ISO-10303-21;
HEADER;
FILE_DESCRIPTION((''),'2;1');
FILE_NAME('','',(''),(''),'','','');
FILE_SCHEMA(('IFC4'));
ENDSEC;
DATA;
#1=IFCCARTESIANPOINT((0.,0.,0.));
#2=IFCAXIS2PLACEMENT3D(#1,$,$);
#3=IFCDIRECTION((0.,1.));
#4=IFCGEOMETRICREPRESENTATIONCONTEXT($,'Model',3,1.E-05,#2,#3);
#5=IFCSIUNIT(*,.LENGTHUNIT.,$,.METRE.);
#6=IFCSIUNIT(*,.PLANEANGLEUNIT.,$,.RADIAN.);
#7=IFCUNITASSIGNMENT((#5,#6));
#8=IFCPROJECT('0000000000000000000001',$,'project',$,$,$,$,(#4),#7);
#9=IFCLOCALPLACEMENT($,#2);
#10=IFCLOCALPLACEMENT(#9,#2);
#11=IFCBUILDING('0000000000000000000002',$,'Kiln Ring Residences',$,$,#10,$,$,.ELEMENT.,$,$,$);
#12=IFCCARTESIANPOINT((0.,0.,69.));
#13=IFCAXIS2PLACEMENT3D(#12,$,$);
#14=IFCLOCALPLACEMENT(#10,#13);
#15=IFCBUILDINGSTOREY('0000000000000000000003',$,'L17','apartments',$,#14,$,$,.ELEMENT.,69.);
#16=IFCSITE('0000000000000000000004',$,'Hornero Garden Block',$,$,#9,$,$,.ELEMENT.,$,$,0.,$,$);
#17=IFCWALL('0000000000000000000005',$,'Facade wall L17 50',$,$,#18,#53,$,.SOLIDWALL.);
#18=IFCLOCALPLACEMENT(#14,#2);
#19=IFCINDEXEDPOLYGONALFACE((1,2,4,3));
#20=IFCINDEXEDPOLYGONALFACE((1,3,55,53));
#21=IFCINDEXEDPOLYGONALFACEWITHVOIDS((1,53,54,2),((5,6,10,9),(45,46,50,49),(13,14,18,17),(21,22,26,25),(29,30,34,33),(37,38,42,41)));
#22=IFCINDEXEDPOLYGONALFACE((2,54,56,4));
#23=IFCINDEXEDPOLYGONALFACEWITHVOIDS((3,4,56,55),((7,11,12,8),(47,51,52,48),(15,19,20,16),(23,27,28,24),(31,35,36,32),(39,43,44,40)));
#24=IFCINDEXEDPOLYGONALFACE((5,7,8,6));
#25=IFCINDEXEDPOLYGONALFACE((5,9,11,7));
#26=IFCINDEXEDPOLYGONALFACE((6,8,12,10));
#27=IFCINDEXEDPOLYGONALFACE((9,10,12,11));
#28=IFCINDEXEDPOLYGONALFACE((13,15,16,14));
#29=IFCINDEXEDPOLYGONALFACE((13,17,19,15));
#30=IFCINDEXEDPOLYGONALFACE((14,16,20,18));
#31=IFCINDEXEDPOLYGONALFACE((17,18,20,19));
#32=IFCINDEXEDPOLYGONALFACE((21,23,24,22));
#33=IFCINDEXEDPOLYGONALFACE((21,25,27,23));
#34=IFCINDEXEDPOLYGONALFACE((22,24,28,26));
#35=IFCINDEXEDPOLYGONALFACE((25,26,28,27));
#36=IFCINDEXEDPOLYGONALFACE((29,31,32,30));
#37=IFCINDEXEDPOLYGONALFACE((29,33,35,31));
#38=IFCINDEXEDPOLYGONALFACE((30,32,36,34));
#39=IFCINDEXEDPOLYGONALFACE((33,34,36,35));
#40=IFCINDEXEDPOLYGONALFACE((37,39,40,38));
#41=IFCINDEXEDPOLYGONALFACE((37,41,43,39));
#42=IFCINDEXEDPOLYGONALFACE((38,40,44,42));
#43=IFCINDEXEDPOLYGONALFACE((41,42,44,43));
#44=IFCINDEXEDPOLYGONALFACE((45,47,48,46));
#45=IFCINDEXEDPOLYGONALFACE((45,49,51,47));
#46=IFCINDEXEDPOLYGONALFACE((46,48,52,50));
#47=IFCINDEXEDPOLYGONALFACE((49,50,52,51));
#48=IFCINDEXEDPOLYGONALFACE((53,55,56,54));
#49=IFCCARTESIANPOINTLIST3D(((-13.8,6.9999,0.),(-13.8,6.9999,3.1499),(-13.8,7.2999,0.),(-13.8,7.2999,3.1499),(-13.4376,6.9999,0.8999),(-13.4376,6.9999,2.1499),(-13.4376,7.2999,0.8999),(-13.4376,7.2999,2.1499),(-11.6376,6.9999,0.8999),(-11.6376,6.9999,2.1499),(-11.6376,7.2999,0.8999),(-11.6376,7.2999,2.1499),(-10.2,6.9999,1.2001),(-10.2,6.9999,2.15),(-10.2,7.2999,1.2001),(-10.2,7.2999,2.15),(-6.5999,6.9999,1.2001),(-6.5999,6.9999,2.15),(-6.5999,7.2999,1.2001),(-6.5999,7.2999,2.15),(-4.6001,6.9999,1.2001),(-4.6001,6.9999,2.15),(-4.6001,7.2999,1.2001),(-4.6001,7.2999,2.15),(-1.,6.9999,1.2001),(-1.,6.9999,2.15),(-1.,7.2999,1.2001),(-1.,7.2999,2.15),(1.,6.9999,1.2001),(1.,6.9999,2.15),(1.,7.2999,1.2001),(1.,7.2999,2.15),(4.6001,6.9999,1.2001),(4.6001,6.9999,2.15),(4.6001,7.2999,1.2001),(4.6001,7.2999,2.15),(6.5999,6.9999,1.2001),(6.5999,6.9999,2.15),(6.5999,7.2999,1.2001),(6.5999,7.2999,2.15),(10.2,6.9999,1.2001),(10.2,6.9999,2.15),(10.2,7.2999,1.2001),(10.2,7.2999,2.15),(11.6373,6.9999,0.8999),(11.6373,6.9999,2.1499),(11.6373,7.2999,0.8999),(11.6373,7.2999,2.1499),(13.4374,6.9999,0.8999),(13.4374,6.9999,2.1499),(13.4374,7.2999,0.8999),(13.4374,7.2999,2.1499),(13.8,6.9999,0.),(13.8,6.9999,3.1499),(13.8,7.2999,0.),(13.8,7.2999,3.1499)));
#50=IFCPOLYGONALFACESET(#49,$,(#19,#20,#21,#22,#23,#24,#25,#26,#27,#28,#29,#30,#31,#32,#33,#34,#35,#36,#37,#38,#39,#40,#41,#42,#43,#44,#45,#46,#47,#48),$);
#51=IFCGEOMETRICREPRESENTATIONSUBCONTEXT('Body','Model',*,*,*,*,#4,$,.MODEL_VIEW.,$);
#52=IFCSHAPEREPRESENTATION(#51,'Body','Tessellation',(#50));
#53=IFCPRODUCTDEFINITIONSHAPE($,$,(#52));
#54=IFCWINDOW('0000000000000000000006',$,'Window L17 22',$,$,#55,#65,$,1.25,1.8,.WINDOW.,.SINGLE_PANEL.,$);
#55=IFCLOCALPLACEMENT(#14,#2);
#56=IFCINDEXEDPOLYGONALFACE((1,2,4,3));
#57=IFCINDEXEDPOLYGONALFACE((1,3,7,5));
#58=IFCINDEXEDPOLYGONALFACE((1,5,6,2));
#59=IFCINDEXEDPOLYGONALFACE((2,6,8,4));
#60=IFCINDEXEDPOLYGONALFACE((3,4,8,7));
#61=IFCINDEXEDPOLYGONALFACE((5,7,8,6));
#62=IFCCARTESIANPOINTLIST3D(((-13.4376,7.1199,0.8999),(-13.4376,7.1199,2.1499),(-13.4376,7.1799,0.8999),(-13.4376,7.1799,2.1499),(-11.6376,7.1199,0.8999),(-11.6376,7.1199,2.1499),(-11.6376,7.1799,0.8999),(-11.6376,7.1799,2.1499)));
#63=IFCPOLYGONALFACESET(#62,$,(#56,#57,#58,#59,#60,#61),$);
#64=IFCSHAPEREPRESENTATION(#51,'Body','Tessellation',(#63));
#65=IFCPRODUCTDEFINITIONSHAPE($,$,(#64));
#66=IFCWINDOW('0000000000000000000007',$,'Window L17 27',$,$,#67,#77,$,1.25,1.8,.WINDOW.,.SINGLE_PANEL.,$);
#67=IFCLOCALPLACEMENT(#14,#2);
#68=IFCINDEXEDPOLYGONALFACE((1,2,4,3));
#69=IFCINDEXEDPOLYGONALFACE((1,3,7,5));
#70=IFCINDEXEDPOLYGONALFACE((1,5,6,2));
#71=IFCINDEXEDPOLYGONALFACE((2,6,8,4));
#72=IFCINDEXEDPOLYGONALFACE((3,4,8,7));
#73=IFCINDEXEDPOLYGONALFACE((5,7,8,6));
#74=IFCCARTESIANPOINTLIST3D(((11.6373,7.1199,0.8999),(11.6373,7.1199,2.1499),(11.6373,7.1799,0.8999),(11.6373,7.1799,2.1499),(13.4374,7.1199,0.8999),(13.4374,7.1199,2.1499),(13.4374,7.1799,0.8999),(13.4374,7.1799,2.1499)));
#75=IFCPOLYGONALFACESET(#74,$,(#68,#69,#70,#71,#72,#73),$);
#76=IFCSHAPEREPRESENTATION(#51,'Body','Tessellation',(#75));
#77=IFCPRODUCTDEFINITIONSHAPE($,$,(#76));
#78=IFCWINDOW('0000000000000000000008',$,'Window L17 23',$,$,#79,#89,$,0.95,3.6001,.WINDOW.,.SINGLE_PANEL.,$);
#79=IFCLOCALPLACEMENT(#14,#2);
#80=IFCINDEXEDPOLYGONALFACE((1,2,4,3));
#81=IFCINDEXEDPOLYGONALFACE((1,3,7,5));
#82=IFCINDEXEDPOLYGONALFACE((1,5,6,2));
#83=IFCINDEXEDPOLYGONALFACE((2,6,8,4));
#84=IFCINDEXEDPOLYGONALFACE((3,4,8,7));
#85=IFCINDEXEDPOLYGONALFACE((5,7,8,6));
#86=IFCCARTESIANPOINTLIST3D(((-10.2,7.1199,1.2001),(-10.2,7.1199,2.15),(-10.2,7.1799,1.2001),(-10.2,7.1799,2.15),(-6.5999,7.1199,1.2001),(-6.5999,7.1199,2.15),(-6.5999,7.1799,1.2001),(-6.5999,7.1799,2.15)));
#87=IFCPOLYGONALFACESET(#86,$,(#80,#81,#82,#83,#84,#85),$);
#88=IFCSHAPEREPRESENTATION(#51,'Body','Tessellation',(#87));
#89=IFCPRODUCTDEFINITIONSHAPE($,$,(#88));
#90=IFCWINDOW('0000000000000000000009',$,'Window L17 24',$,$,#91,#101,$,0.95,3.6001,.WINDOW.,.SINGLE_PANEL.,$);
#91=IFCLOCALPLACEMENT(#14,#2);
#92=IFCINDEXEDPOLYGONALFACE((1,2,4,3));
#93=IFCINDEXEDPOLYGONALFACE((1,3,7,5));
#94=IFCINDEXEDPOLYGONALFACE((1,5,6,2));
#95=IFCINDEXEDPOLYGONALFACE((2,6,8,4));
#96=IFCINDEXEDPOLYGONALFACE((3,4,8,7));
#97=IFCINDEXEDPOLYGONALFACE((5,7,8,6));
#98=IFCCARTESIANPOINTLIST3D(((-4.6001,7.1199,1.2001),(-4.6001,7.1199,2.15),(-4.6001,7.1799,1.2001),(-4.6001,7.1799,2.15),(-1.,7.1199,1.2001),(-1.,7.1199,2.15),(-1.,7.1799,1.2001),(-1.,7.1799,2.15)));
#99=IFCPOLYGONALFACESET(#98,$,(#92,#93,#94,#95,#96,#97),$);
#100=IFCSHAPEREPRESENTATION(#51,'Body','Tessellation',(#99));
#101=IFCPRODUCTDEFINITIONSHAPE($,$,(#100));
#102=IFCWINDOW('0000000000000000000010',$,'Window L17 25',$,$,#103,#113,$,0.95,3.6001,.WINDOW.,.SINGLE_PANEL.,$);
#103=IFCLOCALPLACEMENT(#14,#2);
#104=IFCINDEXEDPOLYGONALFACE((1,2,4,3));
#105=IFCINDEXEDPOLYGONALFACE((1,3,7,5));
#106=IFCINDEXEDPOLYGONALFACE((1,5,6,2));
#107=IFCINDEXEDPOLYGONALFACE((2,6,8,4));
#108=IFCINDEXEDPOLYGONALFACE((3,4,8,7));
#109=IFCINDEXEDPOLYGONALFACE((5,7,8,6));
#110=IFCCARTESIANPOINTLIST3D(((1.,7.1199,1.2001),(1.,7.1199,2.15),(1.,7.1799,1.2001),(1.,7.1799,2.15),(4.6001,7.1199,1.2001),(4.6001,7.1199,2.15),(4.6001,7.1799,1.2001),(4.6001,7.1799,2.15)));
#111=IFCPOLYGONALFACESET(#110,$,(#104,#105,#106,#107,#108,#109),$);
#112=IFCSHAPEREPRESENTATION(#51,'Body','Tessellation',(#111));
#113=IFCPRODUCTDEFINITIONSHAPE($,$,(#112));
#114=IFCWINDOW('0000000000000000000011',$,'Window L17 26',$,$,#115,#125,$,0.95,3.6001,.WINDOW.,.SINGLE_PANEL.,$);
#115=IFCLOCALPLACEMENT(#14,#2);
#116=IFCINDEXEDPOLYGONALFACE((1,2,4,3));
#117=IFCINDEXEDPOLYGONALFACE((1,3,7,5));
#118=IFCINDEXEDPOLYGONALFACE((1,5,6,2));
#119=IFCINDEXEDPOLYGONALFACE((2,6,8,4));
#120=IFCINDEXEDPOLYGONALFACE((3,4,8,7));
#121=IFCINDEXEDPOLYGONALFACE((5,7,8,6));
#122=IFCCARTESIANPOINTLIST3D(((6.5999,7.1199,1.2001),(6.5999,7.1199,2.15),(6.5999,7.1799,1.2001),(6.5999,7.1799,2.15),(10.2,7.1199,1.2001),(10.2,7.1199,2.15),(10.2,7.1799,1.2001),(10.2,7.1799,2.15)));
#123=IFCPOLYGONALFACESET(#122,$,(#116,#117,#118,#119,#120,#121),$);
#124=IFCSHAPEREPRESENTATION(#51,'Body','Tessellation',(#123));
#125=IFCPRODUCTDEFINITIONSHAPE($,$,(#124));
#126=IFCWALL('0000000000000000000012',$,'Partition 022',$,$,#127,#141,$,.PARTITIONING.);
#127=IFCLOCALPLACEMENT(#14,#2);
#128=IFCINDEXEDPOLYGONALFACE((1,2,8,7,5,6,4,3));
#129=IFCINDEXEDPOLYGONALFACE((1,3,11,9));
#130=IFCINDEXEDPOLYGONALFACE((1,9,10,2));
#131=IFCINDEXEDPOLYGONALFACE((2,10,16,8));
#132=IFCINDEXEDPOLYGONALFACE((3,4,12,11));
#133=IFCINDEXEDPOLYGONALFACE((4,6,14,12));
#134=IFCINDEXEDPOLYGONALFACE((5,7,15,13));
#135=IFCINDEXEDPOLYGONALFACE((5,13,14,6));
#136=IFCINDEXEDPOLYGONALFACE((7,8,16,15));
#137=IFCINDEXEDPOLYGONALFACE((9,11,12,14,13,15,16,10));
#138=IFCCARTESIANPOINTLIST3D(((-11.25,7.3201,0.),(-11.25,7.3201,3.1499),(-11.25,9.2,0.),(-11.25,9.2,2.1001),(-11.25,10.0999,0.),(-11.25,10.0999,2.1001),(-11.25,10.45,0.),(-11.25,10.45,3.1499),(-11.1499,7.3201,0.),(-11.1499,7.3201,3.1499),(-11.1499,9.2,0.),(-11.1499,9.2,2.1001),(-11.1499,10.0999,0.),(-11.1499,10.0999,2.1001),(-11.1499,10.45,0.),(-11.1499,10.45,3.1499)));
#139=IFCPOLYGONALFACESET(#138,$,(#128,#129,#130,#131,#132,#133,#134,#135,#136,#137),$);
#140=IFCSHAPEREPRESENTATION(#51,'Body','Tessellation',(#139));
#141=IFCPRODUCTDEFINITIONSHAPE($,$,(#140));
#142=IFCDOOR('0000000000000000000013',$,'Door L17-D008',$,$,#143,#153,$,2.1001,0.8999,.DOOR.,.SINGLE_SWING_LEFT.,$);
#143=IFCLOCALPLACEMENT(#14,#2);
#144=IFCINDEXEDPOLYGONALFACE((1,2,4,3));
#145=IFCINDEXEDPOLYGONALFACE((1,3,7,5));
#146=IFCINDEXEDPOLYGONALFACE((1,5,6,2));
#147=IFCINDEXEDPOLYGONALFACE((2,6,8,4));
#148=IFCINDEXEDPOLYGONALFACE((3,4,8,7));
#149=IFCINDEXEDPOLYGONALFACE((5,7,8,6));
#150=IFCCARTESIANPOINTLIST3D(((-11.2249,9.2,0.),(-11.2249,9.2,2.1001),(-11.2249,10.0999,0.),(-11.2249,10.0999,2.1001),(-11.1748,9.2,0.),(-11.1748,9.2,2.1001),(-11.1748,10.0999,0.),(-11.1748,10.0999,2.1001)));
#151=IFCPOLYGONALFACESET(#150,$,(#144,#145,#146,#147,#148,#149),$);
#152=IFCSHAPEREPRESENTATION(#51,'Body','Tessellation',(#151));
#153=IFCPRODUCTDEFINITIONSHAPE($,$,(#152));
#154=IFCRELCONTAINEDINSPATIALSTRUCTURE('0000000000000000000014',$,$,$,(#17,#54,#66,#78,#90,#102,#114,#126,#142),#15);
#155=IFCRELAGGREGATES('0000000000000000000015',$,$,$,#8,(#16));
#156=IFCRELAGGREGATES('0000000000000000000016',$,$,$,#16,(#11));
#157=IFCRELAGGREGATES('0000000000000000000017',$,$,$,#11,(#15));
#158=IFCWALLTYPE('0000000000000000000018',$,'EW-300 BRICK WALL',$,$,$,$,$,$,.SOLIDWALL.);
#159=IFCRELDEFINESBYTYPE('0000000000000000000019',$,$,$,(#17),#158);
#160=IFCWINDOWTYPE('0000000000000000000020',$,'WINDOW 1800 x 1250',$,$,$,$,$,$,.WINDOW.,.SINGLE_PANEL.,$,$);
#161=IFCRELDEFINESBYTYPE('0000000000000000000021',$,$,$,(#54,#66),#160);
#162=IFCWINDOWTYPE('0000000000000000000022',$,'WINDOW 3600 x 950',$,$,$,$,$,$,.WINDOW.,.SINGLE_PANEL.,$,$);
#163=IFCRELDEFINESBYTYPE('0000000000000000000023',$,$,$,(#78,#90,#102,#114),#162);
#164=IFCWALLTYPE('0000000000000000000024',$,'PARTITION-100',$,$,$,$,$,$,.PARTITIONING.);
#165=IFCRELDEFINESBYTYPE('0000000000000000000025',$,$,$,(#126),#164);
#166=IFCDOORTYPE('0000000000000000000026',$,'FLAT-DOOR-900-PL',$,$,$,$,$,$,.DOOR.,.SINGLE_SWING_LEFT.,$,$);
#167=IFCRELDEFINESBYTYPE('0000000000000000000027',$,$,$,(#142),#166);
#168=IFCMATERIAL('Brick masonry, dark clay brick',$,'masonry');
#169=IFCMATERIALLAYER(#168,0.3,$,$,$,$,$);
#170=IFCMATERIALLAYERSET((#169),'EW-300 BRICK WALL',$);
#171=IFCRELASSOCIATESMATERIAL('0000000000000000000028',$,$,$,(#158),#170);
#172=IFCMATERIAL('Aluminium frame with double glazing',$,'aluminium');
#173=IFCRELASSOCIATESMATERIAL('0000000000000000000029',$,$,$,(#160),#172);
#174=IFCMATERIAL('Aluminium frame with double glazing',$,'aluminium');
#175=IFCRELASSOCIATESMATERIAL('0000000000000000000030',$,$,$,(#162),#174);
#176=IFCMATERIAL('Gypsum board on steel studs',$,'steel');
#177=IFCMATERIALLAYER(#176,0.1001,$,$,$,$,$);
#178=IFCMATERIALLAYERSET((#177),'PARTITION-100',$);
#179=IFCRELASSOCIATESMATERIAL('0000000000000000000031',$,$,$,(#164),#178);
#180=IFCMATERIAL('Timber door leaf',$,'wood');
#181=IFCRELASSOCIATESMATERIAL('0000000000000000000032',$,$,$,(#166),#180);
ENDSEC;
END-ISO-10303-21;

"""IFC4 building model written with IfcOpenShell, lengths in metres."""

from ifc_helpers import new_model, si_unit, direction, frame, frame_2d, origin, place, context, subcontext, project, spatial, rectangle, extrude, material, layer, layer_set, type_object, element, fill, save


model = new_model("IFC4")

# Units and contexts
model_context = context("Model", 3, precision=1e-05, world=origin(), true_north=direction((0.0, 1.0)))
body_context = subcontext(model_context, "Body", "Model", "MODEL_VIEW")
ifc_project = project(units=[si_unit("LENGTHUNIT", "METRE"), si_unit("PLANEANGLEUNIT", "RADIAN")], contexts=[model_context])

# Site, building, storey
site_placement = place(None, origin())
site = spatial("IfcSite", under=ifc_project, at=site_placement, Name="Hornero Garden Block", CompositionType="ELEMENT", RefElevation=0.0)
building_placement = place(site_placement, origin())
building = spatial("IfcBuilding", under=site, at=building_placement, Name="Kiln Ring Residences", CompositionType="ELEMENT")
storey_placement = place(building_placement, frame((0.0, 0.0, 69.0)))
storey = spatial("IfcBuildingStorey", under=building, at=storey_placement, Name="L17", Description="apartments", CompositionType="ELEMENT", Elevation=69.0)

# Wall, openings, windows
ifc_material_1 = material(Name="Brick masonry, dark clay brick", Category="masonry")
ifc_layer_1 = layer(ifc_material_1, 0.3)
ifc_layer_set_1 = layer_set([ifc_layer_1], Name="EW-300 BRICK WALL")
wall_type_1 = type_object("IfcWallType", Name="EW-300 BRICK WALL", PredefinedType="SOLIDWALL", material=ifc_layer_set_1)
wall_1_placement = place(storey_placement, frame((-13.8, 7.1499, 0.0), z_axis=(0.0, 0.0, 1.0), x_axis=(1.0, 0.0, 0.0)))
wall_1 = element("IfcWall", 1, at=wall_1_placement, inside=storey, type_object=wall_type_1, Name="Facade wall L17 50", PredefinedType="SOLIDWALL", context=body_context, shape_type="SweptSolid", body=[
    extrude(rectangle(XDim=27.6001, YDim=0.3, at=frame_2d((13.8, 0.0))), origin(), (0.0, 0.0, 1.0), 3.1499),
])
opening_1_placement = place(wall_1_placement, frame((0.3625, 0.0, 0.8999)))
opening_1 = element("IfcOpeningElement", 2, at=opening_1_placement, cuts=wall_1, PredefinedType="OPENING", context=body_context, shape_type="SweptSolid", body=[
    extrude(rectangle(XDim=1.8, YDim=1.25, at=frame_2d((0.8999, 0.625))), frame((0.0, 0.1599, 0.0), z_axis=(0.0, -1.0, 0.0), x_axis=(1.0, 0.0, 0.0)), (0.0, 0.0, 1.0), 0.3201),
])
opening_2_placement = place(wall_1_placement, frame((3.6001, 0.0, 1.2)))
opening_2 = element("IfcOpeningElement", 3, at=opening_2_placement, cuts=wall_1, PredefinedType="OPENING", context=body_context, shape_type="SweptSolid", body=[
    extrude(rectangle(XDim=3.6001, YDim=0.95, at=frame_2d((1.8, 0.4751))), frame((0.0, 0.1599, 0.0), z_axis=(0.0, -1.0, 0.0), x_axis=(1.0, 0.0, 0.0)), (0.0, 0.0, 1.0), 0.3201),
])
opening_3_placement = place(wall_1_placement, frame((9.2, 0.0, 1.2)))
opening_3 = element("IfcOpeningElement", 4, at=opening_3_placement, cuts=wall_1, PredefinedType="OPENING", context=body_context, shape_type="SweptSolid", body=[
    extrude(rectangle(XDim=3.6001, YDim=0.95, at=frame_2d((1.8, 0.4751))), frame((0.0, 0.1599, 0.0), z_axis=(0.0, -1.0, 0.0), x_axis=(1.0, 0.0, 0.0)), (0.0, 0.0, 1.0), 0.3201),
])
opening_4_placement = place(wall_1_placement, frame((14.8, 0.0, 1.2)))
opening_4 = element("IfcOpeningElement", 5, at=opening_4_placement, cuts=wall_1, PredefinedType="OPENING", context=body_context, shape_type="SweptSolid", body=[
    extrude(rectangle(XDim=3.6001, YDim=0.95, at=frame_2d((1.8, 0.4751))), frame((0.0, 0.1599, 0.0), z_axis=(0.0, -1.0, 0.0), x_axis=(1.0, 0.0, 0.0)), (0.0, 0.0, 1.0), 0.3201),
])
opening_5_placement = place(wall_1_placement, frame((20.3999, 0.0, 1.2)))
opening_5 = element("IfcOpeningElement", 6, at=opening_5_placement, cuts=wall_1, PredefinedType="OPENING", context=body_context, shape_type="SweptSolid", body=[
    extrude(rectangle(XDim=3.6001, YDim=0.95, at=frame_2d((1.8, 0.4751))), frame((0.0, 0.1599, 0.0), z_axis=(0.0, -1.0, 0.0), x_axis=(1.0, 0.0, 0.0)), (0.0, 0.0, 1.0), 0.3201),
])
opening_6_placement = place(wall_1_placement, frame((25.4375, 0.0, 0.8999)))
opening_6 = element("IfcOpeningElement", 7, at=opening_6_placement, cuts=wall_1, PredefinedType="OPENING", context=body_context, shape_type="SweptSolid", body=[
    extrude(rectangle(XDim=1.8, YDim=1.25, at=frame_2d((0.8999, 0.625))), frame((0.0, 0.1599, 0.0), z_axis=(0.0, -1.0, 0.0), x_axis=(1.0, 0.0, 0.0)), (0.0, 0.0, 1.0), 0.3201),
])
ifc_material_2 = material(Name="Aluminium frame with double glazing", Category="aluminium")
window_type_1 = type_object("IfcWindowType", Name="WINDOW 1800 x 1250", PartitioningType="SINGLE_PANEL", PredefinedType="WINDOW", material=ifc_material_2)
window_1_placement = place(opening_1_placement, origin())
window_1 = element("IfcWindow", 8, at=window_1_placement, inside=storey, type_object=window_type_1, Name="Window L17 22", OverallHeight=1.25, OverallWidth=1.8, PartitioningType="SINGLE_PANEL", PredefinedType="WINDOW", context=body_context, shape_type="SweptSolid", body=[
    extrude(rectangle(XDim=1.8, YDim=1.25, at=frame_2d((0.8999, 0.625))), frame((0.0, 0.03, 0.0), z_axis=(0.0, -1.0, 0.0), x_axis=(1.0, 0.0, 0.0)), (0.0, 0.0, 1.0), 0.0601),
])
fill(opening_1, window_1)
window_2_placement = place(opening_6_placement, origin())
window_2 = element("IfcWindow", 9, at=window_2_placement, inside=storey, type_object=window_type_1, Name="Window L17 27", OverallHeight=1.25, OverallWidth=1.8, PartitioningType="SINGLE_PANEL", PredefinedType="WINDOW", context=body_context, shape_type="SweptSolid", body=[
    extrude(rectangle(XDim=1.8, YDim=1.25, at=frame_2d((0.8999, 0.625))), frame((0.0, 0.03, 0.0), z_axis=(0.0, -1.0, 0.0), x_axis=(1.0, 0.0, 0.0)), (0.0, 0.0, 1.0), 0.0601),
])
fill(opening_6, window_2)
ifc_material_3 = material(Name="Aluminium frame with double glazing", Category="aluminium")
window_type_2 = type_object("IfcWindowType", Name="WINDOW 3600 x 950", PartitioningType="SINGLE_PANEL", PredefinedType="WINDOW", material=ifc_material_3)
window_3_placement = place(opening_2_placement, origin())
window_3 = element("IfcWindow", 10, at=window_3_placement, inside=storey, type_object=window_type_2, Name="Window L17 23", OverallHeight=0.95, OverallWidth=3.6001, PartitioningType="SINGLE_PANEL", PredefinedType="WINDOW", context=body_context, shape_type="SweptSolid", body=[
    extrude(rectangle(XDim=3.6001, YDim=0.95, at=frame_2d((1.8, 0.4751))), frame((0.0, 0.03, 0.0), z_axis=(0.0, -1.0, 0.0), x_axis=(1.0, 0.0, 0.0)), (0.0, 0.0, 1.0), 0.0601),
])
fill(opening_2, window_3)
window_4_placement = place(opening_3_placement, origin())
window_4 = element("IfcWindow", 11, at=window_4_placement, inside=storey, type_object=window_type_2, Name="Window L17 24", OverallHeight=0.95, OverallWidth=3.6001, PartitioningType="SINGLE_PANEL", PredefinedType="WINDOW", context=body_context, shape_type="SweptSolid", body=[
    extrude(rectangle(XDim=3.6001, YDim=0.95, at=frame_2d((1.8, 0.4751))), frame((0.0, 0.03, 0.0), z_axis=(0.0, -1.0, 0.0), x_axis=(1.0, 0.0, 0.0)), (0.0, 0.0, 1.0), 0.0601),
])
fill(opening_3, window_4)
window_5_placement = place(opening_4_placement, origin())
window_5 = element("IfcWindow", 12, at=window_5_placement, inside=storey, type_object=window_type_2, Name="Window L17 25", OverallHeight=0.95, OverallWidth=3.6001, PartitioningType="SINGLE_PANEL", PredefinedType="WINDOW", context=body_context, shape_type="SweptSolid", body=[
    extrude(rectangle(XDim=3.6001, YDim=0.95, at=frame_2d((1.8, 0.4751))), frame((0.0, 0.03, 0.0), z_axis=(0.0, -1.0, 0.0), x_axis=(1.0, 0.0, 0.0)), (0.0, 0.0, 1.0), 0.0601),
])
fill(opening_4, window_5)
window_6_placement = place(opening_5_placement, origin())
window_6 = element("IfcWindow", 13, at=window_6_placement, inside=storey, type_object=window_type_2, Name="Window L17 26", OverallHeight=0.95, OverallWidth=3.6001, PartitioningType="SINGLE_PANEL", PredefinedType="WINDOW", context=body_context, shape_type="SweptSolid", body=[
    extrude(rectangle(XDim=3.6001, YDim=0.95, at=frame_2d((1.8, 0.4751))), frame((0.0, 0.03, 0.0), z_axis=(0.0, -1.0, 0.0), x_axis=(1.0, 0.0, 0.0)), (0.0, 0.0, 1.0), 0.0601),
])
fill(opening_5, window_6)

# Wall, opening, door
ifc_material_4 = material(Name="Gypsum board on steel studs", Category="steel")
ifc_layer_2 = layer(ifc_material_4, 0.1001)
ifc_layer_set_2 = layer_set([ifc_layer_2], Name="PARTITION-100")
wall_type_2 = type_object("IfcWallType", Name="PARTITION-100", PredefinedType="PARTITIONING", material=ifc_layer_set_2)
wall_2_placement = place(storey_placement, frame((-11.2, 7.3201, 0.0), z_axis=(0.0, 0.0, 1.0), x_axis=(0.0, 1.0, 0.0)))
wall_2 = element("IfcWall", 14, at=wall_2_placement, inside=storey, type_object=wall_type_2, Name="Partition 022", PredefinedType="PARTITIONING", context=body_context, shape_type="SweptSolid", body=[
    extrude(rectangle(XDim=3.1299, YDim=0.1001, at=frame_2d((1.5649, 0.0))), origin(), (0.0, 0.0, 1.0), 3.1499),
])
opening_7_placement = place(wall_2_placement, frame((1.8799, 0.0, 0.0)))
opening_7 = element("IfcOpeningElement", 15, at=opening_7_placement, cuts=wall_2, PredefinedType="OPENING", context=body_context, shape_type="SweptSolid", body=[
    extrude(rectangle(XDim=0.8999, YDim=2.1001, at=frame_2d((0.45, 1.05))), frame((0.0, 0.0601, 0.0), z_axis=(0.0, -1.0, 0.0), x_axis=(1.0, 0.0, 0.0)), (0.0, 0.0, 1.0), 0.1201),
])
ifc_material_5 = material(Name="Timber door leaf", Category="wood")
door_type = type_object("IfcDoorType", Name="FLAT-DOOR-900-PL", OperationType="SINGLE_SWING_LEFT", PredefinedType="DOOR", material=ifc_material_5)
door_placement = place(opening_7_placement, origin())
door = element("IfcDoor", 16, at=door_placement, inside=storey, type_object=door_type, Name="Door L17-D008", OperationType="SINGLE_SWING_LEFT", OverallHeight=2.1001, OverallWidth=0.8999, PredefinedType="DOOR", context=body_context, shape_type="SweptSolid", body=[
    extrude(rectangle(XDim=0.8999, YDim=2.1001, at=frame_2d((0.45, 1.05))), frame((0.0, 0.0249, 0.0), z_axis=(0.0, -1.0, 0.0), x_axis=(1.0, 0.0, 0.0)), (0.0, 0.0, 1.0), 0.05),
])
fill(opening_7, door)

save(model, "model.ifc")
